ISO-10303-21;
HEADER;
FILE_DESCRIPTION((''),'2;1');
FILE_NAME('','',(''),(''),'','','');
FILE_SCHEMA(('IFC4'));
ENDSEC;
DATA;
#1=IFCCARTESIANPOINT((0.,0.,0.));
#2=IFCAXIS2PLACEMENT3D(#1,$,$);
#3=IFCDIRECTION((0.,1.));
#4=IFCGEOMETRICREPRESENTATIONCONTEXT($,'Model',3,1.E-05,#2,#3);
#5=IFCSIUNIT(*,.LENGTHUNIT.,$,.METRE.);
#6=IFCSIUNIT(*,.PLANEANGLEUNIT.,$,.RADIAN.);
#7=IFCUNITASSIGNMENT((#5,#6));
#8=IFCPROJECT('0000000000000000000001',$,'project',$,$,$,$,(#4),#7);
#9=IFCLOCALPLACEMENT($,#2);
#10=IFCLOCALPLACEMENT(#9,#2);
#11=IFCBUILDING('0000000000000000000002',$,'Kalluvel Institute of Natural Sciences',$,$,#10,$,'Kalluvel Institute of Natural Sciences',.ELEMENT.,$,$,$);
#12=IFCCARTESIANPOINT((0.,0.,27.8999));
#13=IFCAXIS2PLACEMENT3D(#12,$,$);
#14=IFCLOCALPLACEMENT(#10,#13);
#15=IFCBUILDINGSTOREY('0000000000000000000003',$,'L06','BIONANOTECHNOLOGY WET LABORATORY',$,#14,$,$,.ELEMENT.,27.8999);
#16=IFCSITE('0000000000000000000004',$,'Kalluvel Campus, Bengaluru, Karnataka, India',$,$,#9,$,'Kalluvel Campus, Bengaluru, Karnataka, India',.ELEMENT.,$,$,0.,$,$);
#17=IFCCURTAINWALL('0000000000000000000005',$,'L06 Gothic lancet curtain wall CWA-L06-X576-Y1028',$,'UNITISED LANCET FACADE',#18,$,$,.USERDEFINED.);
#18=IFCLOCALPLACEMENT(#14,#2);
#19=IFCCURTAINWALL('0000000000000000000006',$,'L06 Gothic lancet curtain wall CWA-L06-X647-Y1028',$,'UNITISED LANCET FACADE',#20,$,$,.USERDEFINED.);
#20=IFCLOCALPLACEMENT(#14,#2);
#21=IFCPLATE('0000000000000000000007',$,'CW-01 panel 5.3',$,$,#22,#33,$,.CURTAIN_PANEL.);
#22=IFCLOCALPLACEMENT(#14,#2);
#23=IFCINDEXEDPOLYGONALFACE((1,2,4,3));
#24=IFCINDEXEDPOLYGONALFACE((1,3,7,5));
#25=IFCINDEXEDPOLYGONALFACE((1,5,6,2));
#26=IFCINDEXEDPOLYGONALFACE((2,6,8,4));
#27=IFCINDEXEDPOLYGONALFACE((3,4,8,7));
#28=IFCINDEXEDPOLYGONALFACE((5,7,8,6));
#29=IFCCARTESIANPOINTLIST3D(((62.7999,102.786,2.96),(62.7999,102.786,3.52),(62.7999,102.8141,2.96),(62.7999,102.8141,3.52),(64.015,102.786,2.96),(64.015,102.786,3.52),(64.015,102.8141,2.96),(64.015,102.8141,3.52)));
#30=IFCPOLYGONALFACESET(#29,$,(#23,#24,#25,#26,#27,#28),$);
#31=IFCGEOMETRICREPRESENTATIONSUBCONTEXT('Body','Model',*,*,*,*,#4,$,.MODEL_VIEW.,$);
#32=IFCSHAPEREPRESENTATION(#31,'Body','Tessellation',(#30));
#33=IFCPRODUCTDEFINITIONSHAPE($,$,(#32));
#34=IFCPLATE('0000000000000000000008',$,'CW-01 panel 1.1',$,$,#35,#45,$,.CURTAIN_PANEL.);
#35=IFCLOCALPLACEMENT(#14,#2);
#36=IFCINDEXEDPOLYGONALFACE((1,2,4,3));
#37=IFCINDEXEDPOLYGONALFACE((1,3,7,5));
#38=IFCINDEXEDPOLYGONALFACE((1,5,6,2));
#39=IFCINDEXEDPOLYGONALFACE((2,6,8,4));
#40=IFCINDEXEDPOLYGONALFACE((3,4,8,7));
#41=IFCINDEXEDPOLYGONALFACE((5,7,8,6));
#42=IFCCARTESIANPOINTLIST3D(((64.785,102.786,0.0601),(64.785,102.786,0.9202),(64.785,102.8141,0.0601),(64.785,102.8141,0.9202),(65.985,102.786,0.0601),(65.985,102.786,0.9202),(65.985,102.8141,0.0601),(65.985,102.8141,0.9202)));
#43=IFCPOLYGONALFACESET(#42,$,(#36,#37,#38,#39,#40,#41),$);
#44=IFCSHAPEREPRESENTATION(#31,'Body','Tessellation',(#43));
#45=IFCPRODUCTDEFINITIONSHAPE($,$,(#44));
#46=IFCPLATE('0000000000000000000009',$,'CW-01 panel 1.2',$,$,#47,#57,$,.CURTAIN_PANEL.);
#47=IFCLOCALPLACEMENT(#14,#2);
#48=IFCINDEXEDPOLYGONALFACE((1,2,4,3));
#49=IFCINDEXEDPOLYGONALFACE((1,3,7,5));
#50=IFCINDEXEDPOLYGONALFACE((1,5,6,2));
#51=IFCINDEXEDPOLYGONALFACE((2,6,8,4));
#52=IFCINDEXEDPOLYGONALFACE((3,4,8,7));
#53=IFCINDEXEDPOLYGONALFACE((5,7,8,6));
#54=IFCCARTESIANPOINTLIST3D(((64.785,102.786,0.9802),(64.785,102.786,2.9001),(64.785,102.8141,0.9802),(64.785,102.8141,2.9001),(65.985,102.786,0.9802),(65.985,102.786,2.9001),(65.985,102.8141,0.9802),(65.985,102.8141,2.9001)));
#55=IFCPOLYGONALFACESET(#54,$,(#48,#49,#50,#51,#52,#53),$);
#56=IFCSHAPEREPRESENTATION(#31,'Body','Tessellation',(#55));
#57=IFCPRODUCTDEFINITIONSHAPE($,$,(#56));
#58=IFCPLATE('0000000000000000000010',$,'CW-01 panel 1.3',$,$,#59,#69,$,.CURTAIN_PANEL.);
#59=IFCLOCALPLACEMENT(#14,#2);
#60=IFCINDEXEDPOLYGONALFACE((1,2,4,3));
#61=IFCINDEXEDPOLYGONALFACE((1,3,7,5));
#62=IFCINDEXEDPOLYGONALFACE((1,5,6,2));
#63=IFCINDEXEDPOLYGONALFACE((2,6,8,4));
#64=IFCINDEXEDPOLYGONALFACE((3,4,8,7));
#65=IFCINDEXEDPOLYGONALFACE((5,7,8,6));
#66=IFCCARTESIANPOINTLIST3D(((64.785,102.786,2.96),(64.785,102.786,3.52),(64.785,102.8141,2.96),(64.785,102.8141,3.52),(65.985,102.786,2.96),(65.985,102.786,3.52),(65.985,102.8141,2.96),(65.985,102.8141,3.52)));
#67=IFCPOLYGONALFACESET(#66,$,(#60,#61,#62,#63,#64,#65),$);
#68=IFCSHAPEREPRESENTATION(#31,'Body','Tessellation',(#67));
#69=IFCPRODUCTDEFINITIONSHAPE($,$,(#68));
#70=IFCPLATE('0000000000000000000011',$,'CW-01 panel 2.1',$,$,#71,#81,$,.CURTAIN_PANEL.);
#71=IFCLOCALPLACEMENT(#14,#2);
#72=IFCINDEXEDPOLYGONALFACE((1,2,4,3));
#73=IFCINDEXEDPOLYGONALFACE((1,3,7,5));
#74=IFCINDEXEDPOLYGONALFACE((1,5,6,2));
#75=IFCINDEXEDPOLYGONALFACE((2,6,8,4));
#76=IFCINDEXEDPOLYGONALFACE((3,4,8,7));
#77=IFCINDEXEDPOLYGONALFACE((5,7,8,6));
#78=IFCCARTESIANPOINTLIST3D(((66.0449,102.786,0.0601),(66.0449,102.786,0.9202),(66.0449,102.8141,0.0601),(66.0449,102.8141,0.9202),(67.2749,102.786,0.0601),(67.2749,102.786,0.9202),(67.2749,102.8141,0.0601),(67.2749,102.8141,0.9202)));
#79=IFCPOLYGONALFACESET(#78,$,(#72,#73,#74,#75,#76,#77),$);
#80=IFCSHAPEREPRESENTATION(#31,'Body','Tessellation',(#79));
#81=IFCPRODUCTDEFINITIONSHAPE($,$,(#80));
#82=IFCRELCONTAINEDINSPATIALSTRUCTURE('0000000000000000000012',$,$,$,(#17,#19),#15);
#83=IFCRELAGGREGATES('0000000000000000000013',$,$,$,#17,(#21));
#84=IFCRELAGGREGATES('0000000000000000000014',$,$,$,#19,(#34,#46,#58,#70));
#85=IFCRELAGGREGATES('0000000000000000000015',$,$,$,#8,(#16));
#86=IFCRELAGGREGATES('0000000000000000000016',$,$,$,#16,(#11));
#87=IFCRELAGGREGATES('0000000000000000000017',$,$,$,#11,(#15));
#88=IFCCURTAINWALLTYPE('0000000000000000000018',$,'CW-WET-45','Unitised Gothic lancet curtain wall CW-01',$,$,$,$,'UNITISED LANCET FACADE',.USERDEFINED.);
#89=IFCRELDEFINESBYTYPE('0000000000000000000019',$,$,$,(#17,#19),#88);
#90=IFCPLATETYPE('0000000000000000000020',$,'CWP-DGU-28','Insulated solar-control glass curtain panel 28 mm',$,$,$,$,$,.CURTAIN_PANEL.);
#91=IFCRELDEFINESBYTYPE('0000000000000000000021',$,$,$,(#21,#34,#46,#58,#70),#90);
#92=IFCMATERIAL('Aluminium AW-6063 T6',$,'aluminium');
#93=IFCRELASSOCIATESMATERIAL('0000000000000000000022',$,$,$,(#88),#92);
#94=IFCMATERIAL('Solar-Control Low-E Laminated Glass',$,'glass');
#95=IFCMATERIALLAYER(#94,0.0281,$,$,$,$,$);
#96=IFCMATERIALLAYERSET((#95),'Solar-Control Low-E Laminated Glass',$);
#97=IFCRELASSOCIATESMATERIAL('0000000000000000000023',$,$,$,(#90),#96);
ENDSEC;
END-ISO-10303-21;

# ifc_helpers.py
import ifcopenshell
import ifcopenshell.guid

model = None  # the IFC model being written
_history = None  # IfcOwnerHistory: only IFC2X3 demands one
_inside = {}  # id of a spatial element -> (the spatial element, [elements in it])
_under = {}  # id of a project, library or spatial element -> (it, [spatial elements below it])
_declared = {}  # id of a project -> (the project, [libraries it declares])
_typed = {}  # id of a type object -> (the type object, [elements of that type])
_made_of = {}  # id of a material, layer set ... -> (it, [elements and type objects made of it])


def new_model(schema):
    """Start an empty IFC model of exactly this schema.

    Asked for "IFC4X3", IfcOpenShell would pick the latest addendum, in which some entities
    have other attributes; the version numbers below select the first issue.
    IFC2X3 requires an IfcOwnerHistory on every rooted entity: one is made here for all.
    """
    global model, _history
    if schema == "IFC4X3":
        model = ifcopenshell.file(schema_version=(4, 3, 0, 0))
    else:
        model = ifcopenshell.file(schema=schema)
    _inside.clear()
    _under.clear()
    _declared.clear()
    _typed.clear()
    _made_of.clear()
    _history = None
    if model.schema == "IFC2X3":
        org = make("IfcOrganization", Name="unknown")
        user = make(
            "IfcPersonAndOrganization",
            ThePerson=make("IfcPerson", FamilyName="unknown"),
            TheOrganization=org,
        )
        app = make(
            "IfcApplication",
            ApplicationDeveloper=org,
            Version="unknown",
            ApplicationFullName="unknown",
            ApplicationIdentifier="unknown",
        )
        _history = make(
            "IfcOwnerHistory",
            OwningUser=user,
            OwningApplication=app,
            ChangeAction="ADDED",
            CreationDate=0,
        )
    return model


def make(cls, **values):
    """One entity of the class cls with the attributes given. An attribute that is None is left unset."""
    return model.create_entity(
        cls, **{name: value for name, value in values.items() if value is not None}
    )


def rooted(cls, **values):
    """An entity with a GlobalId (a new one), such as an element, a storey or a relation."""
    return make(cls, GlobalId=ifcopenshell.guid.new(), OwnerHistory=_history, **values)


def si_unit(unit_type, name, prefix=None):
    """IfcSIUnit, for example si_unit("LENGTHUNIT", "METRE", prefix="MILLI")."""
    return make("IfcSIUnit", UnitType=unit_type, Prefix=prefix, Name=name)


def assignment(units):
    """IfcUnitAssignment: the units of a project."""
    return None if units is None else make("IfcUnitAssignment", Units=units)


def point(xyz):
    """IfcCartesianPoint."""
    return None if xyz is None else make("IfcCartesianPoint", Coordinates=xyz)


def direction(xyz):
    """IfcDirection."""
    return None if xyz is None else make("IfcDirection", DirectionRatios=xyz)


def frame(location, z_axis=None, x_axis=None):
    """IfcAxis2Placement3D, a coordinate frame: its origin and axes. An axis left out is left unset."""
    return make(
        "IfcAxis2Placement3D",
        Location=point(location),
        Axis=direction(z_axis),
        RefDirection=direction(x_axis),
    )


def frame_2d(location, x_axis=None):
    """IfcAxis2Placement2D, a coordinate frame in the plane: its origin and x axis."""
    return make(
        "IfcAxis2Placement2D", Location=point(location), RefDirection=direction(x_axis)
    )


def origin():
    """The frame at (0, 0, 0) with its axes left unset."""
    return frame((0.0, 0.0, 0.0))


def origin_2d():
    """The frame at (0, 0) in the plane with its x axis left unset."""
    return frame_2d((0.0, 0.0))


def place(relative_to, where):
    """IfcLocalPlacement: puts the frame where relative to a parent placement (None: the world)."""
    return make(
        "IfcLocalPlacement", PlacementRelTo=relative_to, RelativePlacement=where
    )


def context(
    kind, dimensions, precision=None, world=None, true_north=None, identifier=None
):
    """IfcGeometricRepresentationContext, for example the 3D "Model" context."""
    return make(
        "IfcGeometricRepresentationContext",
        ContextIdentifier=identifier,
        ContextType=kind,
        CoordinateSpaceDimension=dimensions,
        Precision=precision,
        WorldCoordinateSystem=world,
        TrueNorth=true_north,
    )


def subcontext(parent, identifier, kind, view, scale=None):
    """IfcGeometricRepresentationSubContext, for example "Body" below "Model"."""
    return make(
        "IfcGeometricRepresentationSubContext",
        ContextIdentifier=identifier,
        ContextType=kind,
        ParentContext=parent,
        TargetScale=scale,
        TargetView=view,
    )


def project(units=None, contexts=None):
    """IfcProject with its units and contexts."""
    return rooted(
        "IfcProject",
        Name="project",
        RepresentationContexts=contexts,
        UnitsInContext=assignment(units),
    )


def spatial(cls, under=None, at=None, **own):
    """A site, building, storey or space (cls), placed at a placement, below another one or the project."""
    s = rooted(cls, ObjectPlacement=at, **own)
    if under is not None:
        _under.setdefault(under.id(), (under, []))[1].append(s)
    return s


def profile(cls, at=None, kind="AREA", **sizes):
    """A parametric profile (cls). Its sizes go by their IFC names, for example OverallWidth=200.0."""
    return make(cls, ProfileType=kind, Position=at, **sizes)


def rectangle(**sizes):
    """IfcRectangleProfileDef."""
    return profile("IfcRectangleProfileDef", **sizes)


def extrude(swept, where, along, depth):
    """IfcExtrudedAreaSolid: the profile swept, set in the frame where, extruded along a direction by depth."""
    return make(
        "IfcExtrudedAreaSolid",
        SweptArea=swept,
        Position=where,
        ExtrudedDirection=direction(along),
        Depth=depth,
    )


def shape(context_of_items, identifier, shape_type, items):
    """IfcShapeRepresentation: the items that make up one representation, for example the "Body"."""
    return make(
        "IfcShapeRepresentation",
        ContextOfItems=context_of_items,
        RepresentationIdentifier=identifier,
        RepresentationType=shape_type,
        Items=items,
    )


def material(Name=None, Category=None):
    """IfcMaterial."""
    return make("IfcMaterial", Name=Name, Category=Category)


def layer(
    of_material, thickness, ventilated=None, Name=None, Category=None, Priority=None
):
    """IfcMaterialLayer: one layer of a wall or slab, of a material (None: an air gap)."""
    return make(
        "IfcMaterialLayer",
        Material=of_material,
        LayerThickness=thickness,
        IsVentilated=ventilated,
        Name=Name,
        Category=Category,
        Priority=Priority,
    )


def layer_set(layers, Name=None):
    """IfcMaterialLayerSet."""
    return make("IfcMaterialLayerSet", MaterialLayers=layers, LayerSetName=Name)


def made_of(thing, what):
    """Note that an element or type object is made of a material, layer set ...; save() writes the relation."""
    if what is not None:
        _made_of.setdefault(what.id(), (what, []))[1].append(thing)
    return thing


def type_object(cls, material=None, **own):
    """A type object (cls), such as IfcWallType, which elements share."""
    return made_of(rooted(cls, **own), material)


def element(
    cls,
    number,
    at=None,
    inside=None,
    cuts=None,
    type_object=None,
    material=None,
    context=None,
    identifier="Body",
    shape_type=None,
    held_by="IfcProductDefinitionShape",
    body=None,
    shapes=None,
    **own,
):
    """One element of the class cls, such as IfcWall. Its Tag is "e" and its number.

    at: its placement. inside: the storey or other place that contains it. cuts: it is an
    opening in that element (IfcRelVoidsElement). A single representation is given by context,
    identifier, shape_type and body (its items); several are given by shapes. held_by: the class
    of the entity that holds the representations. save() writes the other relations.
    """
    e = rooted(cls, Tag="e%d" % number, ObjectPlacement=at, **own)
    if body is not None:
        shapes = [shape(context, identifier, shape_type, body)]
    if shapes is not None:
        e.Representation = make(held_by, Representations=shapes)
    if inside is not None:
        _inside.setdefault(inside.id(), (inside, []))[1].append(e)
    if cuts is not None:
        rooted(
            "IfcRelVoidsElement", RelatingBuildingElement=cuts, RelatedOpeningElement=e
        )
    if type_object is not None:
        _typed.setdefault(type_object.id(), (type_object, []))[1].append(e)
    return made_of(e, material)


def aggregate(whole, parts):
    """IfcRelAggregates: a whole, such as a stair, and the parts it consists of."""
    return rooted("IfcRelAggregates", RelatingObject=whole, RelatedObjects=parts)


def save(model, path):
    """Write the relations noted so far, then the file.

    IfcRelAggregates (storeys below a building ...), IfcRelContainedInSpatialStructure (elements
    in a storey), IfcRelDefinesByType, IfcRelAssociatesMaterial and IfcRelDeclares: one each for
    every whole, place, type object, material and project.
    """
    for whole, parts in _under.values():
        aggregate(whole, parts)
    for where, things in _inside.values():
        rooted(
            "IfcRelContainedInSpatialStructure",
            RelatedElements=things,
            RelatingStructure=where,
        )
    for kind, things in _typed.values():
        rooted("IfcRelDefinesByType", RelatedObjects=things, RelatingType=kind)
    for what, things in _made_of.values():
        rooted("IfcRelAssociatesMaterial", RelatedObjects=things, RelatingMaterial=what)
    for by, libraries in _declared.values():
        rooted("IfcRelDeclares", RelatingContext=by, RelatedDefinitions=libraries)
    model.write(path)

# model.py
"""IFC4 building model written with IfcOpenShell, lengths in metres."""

from ifc_helpers import new_model, si_unit, direction, frame, origin, origin_2d, place, context, subcontext, project, spatial, rectangle, extrude, material, layer, layer_set, type_object, element, aggregate, save


model = new_model("IFC4")

# Units and contexts
model_context = context("Model", 3, precision=1e-05, world=origin(), true_north=direction((0.0, 1.0)))
body_context = subcontext(model_context, "Body", "Model", "MODEL_VIEW")
ifc_project = project(units=[si_unit("LENGTHUNIT", "METRE"), si_unit("PLANEANGLEUNIT", "RADIAN")], contexts=[model_context])

# Site, building, storey
site_placement = place(None, origin())
site = spatial("IfcSite", under=ifc_project, at=site_placement, Name="Kalluvel Campus, Bengaluru, Karnataka, India", LongName="Kalluvel Campus, Bengaluru, Karnataka, India", CompositionType="ELEMENT", RefElevation=0.0)
building_placement = place(site_placement, origin())
building = spatial("IfcBuilding", under=site, at=building_placement, Name="Kalluvel Institute of Natural Sciences", LongName="Kalluvel Institute of Natural Sciences", CompositionType="ELEMENT")
storey_placement = place(building_placement, frame((0.0, 0.0, 27.8999)))
storey = spatial("IfcBuildingStorey", under=building, at=storey_placement, Name="L06", Description="BIONANOTECHNOLOGY WET LABORATORY", CompositionType="ELEMENT", Elevation=27.8999)

# Curtain walls
ifc_material_1 = material(Name="Aluminium AW-6063 T6", Category="aluminium")
curtain_wall_type = type_object("IfcCurtainWallType", Name="CW-WET-45", Description="Unitised Gothic lancet curtain wall CW-01", ElementType="UNITISED LANCET FACADE", PredefinedType="USERDEFINED", material=ifc_material_1)
curtain_wall_1_placement = place(storey_placement, origin())
curtain_wall_1 = element("IfcCurtainWall", 1, at=curtain_wall_1_placement, inside=storey, type_object=curtain_wall_type, Name="L06 Gothic lancet curtain wall CWA-L06-X576-Y1028", ObjectType="UNITISED LANCET FACADE", PredefinedType="USERDEFINED")
curtain_wall_2_placement = place(storey_placement, origin())
curtain_wall_2 = element("IfcCurtainWall", 2, at=curtain_wall_2_placement, inside=storey, type_object=curtain_wall_type, Name="L06 Gothic lancet curtain wall CWA-L06-X647-Y1028", ObjectType="UNITISED LANCET FACADE", PredefinedType="USERDEFINED")

# Plates
ifc_material_2 = material(Name="Solar-Control Low-E Laminated Glass", Category="glass")
ifc_layer = layer(ifc_material_2, 0.0281)
ifc_layer_set = layer_set([ifc_layer], Name="Solar-Control Low-E Laminated Glass")
plate_type = type_object("IfcPlateType", Name="CWP-DGU-28", Description="Insulated solar-control glass curtain panel 28 mm", PredefinedType="CURTAIN_PANEL", material=ifc_layer_set)
plate_1_placement = place(storey_placement, frame((63.4075, 102.8, 2.96), z_axis=(0.0, 0.0, 1.0), x_axis=(1.0, 0.0, 0.0)))
plate_1 = element("IfcPlate", 3, at=plate_1_placement, type_object=plate_type, Name="CW-01 panel 5.3", PredefinedType="CURTAIN_PANEL", context=body_context, shape_type="SweptSolid", body=[
    extrude(rectangle(XDim=1.2151, YDim=0.0281, at=origin_2d()), origin(), (0.0, 0.0, 1.0), 0.5601),
])
aggregate(curtain_wall_1, [plate_1])
plate_2_placement = place(storey_placement, frame((65.385, 102.8, 0.0601), z_axis=(0.0, 0.0, 1.0), x_axis=(1.0, 0.0, 0.0)))
plate_2 = element("IfcPlate", 4, at=plate_2_placement, type_object=plate_type, Name="CW-01 panel 1.1", PredefinedType="CURTAIN_PANEL", context=body_context, shape_type="SweptSolid", body=[
    extrude(rectangle(XDim=1.2, YDim=0.0281, at=origin_2d()), origin(), (0.0, 0.0, 1.0), 0.8601),
])
plate_3_placement = place(storey_placement, frame((65.385, 102.8, 0.9802), z_axis=(0.0, 0.0, 1.0), x_axis=(1.0, 0.0, 0.0)))
plate_3 = element("IfcPlate", 5, at=plate_3_placement, type_object=plate_type, Name="CW-01 panel 1.2", PredefinedType="CURTAIN_PANEL", context=body_context, shape_type="SweptSolid", body=[
    extrude(rectangle(XDim=1.2, YDim=0.0281, at=origin_2d()), origin(), (0.0, 0.0, 1.0), 1.9199),
])
plate_4_placement = place(storey_placement, frame((65.385, 102.8, 2.96), z_axis=(0.0, 0.0, 1.0), x_axis=(1.0, 0.0, 0.0)))
plate_4 = element("IfcPlate", 6, at=plate_4_placement, type_object=plate_type, Name="CW-01 panel 1.3", PredefinedType="CURTAIN_PANEL", context=body_context, shape_type="SweptSolid", body=[
    extrude(rectangle(XDim=1.2, YDim=0.0281, at=origin_2d()), origin(), (0.0, 0.0, 1.0), 0.5601),
])
plate_5_placement = place(storey_placement, frame((66.6599, 102.8, 0.0601), z_axis=(0.0, 0.0, 1.0), x_axis=(1.0, 0.0, 0.0)))
plate_5 = element("IfcPlate", 7, at=plate_5_placement, type_object=plate_type, Name="CW-01 panel 2.1", PredefinedType="CURTAIN_PANEL", context=body_context, shape_type="SweptSolid", body=[
    extrude(rectangle(XDim=1.23, YDim=0.0281, at=origin_2d()), origin(), (0.0, 0.0, 1.0), 0.8601),
])
aggregate(curtain_wall_2, [plate_2, plate_3, plate_4, plate_5])

save(model, "model.ifc")
